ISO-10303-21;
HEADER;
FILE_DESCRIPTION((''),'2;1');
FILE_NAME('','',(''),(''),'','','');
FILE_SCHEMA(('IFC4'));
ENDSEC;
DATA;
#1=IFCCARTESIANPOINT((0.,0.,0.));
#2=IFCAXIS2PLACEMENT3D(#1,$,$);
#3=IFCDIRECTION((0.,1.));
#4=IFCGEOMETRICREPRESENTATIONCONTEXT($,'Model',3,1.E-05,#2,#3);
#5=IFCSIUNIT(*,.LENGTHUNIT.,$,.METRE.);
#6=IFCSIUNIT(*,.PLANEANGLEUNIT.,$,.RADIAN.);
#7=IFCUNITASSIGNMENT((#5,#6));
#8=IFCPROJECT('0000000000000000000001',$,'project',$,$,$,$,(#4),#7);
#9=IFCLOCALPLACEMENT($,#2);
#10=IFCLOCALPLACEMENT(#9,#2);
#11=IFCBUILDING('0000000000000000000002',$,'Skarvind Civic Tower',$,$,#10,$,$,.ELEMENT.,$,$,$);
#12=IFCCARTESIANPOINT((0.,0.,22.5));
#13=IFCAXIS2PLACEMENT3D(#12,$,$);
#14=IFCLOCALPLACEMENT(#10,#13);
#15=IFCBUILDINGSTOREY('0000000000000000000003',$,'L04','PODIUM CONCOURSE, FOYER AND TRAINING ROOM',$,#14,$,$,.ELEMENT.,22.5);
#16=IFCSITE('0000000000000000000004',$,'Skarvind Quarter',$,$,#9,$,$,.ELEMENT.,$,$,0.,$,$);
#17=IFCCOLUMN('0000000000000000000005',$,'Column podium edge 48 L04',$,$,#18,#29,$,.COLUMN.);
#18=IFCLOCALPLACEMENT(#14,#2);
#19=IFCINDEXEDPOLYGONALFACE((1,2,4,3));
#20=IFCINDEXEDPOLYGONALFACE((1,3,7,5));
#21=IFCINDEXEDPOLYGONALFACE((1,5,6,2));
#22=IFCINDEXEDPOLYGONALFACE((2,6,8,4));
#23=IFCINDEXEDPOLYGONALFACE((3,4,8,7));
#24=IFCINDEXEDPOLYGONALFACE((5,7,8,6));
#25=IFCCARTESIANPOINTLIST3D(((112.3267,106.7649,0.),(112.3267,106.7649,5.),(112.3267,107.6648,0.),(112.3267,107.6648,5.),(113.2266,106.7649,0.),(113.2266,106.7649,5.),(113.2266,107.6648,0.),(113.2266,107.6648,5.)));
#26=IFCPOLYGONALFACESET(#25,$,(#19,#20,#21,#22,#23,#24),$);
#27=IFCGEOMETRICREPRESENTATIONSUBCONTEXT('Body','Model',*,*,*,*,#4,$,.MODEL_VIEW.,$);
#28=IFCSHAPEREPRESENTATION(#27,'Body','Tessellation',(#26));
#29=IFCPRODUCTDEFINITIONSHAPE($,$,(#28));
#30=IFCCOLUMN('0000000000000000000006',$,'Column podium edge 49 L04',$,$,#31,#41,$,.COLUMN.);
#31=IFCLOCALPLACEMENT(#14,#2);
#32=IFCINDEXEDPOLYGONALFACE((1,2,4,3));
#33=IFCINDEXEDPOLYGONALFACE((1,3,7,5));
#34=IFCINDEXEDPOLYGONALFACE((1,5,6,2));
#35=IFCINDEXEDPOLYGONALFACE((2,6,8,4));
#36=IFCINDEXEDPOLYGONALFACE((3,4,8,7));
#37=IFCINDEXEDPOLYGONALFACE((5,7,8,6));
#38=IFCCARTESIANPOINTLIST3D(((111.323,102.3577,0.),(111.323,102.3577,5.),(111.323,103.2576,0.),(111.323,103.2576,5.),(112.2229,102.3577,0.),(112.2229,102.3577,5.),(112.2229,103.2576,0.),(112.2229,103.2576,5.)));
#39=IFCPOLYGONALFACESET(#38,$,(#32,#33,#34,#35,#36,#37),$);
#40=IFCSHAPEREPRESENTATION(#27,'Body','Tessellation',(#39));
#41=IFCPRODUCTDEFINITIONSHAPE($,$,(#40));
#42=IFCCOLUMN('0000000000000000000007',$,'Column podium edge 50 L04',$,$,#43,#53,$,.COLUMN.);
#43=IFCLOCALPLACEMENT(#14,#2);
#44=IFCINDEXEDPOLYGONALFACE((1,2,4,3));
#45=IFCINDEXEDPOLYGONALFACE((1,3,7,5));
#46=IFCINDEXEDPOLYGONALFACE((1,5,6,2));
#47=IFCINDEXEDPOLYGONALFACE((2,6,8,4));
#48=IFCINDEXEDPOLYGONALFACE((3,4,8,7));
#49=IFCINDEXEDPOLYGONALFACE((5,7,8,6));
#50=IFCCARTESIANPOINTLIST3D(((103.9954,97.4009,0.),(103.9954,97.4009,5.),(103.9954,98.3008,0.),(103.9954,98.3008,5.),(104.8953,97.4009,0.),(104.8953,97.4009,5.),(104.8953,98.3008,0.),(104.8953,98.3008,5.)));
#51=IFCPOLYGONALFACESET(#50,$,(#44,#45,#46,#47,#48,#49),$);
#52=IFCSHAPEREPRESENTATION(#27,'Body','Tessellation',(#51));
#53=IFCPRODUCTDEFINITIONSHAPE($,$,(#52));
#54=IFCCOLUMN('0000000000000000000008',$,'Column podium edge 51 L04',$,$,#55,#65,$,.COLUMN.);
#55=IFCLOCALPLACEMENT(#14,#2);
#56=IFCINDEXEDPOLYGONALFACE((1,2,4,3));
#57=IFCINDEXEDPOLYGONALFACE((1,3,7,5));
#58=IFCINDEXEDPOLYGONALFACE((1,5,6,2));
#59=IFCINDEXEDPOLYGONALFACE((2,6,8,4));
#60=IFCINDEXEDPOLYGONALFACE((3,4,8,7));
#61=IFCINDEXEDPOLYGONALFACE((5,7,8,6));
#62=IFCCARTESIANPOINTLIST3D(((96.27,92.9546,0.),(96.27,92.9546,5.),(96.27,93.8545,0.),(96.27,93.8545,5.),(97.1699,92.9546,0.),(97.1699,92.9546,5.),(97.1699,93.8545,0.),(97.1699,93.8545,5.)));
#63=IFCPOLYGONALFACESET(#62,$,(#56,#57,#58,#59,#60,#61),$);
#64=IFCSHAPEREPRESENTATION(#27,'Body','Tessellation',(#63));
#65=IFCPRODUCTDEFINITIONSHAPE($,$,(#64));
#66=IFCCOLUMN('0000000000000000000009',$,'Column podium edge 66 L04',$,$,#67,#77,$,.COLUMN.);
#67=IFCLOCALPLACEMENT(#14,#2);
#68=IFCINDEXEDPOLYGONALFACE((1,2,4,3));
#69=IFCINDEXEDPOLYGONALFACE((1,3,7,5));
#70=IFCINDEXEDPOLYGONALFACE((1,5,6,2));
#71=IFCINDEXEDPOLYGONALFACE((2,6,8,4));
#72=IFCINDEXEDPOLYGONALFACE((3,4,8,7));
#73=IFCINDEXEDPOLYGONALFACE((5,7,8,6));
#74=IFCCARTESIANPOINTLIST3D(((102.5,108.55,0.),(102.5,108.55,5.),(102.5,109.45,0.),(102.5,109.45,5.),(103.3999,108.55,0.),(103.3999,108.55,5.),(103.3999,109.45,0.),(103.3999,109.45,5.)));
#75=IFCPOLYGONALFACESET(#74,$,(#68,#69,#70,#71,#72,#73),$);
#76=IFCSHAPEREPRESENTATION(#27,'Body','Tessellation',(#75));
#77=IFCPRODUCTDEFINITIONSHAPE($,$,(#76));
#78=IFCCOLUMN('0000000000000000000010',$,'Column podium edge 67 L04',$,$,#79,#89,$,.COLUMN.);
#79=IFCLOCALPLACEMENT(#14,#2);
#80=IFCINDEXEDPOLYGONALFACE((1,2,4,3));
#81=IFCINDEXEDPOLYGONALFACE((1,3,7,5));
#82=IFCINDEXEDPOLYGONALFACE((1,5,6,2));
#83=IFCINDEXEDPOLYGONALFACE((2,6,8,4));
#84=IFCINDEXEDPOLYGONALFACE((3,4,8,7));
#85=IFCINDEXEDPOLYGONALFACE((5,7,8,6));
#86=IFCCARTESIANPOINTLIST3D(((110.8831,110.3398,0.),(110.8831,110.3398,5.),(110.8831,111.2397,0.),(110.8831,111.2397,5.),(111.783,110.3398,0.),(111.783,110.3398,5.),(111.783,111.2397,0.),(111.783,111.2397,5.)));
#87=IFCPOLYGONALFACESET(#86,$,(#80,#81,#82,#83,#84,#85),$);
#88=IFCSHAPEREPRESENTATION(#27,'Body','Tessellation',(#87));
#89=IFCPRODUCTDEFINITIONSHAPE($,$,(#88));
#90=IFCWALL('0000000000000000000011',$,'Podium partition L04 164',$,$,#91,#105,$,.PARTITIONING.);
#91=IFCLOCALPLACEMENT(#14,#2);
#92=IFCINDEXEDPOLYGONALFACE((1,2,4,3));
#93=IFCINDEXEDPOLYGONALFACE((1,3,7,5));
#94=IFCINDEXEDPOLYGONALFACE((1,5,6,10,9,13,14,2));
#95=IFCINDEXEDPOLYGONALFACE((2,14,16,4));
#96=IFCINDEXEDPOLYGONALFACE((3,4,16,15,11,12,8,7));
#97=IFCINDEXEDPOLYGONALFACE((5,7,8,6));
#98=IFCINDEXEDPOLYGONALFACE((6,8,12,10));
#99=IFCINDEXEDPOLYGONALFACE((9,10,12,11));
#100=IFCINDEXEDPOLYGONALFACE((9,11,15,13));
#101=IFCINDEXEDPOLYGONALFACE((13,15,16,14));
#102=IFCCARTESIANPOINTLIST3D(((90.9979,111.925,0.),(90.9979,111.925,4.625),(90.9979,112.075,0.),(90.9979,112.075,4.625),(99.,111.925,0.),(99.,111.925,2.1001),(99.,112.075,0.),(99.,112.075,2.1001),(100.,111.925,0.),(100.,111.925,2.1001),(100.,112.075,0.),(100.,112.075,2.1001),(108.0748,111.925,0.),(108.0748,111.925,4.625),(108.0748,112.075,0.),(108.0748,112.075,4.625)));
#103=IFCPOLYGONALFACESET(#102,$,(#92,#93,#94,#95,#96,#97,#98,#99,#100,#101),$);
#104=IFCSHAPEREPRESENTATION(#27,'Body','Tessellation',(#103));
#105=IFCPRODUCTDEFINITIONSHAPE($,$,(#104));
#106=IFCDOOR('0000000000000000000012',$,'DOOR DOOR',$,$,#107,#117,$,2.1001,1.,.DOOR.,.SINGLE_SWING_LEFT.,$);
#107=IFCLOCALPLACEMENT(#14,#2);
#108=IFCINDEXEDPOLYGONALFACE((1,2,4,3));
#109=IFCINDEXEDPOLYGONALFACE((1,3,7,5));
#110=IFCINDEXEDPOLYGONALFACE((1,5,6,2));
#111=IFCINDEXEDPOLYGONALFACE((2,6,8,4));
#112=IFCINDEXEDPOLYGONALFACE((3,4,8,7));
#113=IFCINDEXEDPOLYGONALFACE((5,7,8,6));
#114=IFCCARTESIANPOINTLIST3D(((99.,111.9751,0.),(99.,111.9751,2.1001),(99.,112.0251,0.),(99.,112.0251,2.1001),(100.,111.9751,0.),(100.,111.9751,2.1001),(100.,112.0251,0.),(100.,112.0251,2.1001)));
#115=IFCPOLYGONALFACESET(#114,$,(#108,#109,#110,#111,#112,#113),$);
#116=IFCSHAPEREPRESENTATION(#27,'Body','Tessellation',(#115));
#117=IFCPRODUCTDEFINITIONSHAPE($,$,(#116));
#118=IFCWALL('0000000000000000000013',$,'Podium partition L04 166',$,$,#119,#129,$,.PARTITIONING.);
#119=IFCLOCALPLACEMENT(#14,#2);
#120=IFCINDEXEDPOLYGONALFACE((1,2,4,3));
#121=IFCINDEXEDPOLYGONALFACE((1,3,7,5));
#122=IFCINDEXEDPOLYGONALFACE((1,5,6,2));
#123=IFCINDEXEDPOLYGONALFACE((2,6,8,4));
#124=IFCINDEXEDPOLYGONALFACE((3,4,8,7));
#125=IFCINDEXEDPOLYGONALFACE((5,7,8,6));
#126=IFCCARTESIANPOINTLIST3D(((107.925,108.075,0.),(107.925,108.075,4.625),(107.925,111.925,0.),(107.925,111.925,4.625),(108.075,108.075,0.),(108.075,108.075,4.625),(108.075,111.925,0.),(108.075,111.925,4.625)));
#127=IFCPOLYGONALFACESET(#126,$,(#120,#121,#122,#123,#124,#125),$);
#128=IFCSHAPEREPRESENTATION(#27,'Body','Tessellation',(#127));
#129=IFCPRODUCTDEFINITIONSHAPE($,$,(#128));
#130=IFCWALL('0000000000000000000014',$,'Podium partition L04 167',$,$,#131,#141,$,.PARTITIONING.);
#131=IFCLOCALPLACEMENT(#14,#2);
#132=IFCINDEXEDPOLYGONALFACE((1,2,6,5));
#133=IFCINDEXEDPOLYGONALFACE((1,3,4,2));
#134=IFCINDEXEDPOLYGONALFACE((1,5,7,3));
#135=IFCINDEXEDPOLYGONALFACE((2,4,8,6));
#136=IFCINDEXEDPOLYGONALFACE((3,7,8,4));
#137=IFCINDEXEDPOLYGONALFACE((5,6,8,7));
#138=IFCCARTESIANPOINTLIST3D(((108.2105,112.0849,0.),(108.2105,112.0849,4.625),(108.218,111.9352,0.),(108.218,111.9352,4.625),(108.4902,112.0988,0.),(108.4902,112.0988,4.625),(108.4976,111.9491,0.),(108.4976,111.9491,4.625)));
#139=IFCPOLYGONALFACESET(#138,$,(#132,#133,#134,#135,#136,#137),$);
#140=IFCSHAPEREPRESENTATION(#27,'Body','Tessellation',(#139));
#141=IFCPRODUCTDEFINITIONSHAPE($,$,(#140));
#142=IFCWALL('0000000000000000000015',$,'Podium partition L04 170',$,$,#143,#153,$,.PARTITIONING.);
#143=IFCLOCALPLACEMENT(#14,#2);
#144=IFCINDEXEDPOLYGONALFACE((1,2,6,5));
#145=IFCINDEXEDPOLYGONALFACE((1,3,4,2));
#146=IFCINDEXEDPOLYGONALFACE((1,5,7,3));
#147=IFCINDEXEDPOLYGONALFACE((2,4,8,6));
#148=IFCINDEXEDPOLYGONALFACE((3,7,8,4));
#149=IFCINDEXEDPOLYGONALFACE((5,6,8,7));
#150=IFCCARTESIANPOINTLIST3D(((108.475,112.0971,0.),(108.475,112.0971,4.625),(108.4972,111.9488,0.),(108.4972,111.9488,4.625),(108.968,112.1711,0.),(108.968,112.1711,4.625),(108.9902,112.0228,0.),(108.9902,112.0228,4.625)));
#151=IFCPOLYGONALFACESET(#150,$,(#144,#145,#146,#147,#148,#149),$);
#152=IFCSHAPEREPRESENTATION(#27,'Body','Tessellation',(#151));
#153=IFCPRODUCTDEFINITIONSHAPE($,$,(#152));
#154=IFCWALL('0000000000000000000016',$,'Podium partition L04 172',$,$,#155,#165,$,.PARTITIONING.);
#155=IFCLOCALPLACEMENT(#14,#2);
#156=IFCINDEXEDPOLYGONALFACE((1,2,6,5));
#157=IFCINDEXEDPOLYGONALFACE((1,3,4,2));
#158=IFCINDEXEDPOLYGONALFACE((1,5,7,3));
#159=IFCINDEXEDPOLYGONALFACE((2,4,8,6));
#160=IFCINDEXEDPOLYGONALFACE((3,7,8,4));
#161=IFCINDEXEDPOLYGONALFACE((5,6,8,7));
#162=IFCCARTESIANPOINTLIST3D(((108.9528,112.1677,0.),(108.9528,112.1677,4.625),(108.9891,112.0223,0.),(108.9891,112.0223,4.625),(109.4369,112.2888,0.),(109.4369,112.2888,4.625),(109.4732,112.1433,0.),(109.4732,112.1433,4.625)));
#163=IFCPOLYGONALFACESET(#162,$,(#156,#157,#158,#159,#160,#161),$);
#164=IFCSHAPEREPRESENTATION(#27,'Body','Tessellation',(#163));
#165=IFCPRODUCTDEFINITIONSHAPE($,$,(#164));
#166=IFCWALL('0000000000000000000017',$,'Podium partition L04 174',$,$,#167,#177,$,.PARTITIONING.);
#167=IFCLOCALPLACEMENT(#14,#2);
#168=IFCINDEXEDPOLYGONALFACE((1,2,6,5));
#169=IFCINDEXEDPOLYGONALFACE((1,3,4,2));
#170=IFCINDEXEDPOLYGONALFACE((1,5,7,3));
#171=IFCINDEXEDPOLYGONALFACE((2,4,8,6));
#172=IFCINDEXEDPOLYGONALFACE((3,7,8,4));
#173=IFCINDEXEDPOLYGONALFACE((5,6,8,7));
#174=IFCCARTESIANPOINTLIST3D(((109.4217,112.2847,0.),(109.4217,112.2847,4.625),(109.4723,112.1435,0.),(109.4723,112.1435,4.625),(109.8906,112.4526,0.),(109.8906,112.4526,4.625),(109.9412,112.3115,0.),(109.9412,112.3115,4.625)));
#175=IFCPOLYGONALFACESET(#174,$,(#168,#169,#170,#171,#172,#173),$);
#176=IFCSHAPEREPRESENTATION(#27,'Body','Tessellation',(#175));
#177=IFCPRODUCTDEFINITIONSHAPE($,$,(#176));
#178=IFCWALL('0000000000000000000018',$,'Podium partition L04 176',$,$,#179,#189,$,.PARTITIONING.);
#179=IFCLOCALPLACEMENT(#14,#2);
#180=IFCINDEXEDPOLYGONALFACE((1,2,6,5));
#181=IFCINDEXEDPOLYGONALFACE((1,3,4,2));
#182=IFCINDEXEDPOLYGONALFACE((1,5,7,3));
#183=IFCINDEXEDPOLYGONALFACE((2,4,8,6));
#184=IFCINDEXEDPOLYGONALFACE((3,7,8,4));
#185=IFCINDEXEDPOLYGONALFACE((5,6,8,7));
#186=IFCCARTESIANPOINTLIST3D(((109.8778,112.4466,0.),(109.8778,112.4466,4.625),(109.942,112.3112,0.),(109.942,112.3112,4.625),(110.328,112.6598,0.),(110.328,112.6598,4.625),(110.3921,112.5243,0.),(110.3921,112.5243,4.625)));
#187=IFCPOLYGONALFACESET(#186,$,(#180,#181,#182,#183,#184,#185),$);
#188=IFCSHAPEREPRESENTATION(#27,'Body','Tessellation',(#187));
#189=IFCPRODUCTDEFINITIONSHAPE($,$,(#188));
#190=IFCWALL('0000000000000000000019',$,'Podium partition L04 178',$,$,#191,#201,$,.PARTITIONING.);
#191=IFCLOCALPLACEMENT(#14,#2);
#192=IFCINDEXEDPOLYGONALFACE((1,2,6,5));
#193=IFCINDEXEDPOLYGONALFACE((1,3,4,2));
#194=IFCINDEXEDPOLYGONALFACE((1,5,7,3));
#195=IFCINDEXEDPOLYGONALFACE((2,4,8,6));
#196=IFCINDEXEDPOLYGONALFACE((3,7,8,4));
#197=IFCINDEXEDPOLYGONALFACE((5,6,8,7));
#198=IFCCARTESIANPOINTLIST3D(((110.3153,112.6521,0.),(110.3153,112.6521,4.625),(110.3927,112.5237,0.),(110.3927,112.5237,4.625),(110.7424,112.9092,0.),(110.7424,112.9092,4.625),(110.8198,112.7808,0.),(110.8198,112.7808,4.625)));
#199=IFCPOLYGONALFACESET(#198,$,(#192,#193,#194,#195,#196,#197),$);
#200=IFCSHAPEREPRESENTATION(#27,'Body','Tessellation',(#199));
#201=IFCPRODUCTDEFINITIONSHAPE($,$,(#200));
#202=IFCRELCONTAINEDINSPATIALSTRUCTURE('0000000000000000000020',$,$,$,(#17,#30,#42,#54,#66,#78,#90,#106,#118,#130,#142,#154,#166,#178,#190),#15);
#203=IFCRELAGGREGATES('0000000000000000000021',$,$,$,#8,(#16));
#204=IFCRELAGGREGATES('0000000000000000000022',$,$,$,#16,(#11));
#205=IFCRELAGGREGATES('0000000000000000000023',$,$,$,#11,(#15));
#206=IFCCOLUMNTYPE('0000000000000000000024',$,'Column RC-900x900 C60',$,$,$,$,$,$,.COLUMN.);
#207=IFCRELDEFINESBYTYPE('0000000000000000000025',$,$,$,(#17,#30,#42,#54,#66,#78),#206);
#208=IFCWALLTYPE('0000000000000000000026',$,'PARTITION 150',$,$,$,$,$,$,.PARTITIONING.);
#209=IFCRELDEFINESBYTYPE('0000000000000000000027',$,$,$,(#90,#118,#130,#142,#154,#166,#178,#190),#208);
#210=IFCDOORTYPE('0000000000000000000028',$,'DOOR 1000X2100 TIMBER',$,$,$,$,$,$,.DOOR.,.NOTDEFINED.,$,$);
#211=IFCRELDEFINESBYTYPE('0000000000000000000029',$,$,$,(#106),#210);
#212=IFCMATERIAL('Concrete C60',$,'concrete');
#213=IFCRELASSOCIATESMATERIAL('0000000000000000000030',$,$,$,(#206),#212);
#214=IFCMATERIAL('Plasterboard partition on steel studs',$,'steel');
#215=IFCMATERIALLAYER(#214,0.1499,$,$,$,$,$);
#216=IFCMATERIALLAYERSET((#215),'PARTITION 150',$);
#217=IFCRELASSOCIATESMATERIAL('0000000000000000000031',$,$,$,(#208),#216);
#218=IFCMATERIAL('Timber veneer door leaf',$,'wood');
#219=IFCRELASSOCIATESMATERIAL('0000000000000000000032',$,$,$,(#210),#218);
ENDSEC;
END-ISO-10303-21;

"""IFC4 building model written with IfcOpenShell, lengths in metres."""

from ifc_helpers import new_model, si_unit, direction, frame, frame_2d, origin, origin_2d, place, context, subcontext, project, spatial, rectangle, extrude, material, layer, layer_set, material_profile, profile_set, type_object, element, fill, save


model = new_model("IFC4")

# Units and contexts
model_context = context("Model", 3, precision=1e-05, world=origin(), true_north=direction((0.0, 1.0)))
body_context = subcontext(model_context, "Body", "Model", "MODEL_VIEW")
ifc_project = project(units=[si_unit("LENGTHUNIT", "METRE"), si_unit("PLANEANGLEUNIT", "RADIAN")], contexts=[model_context])

# Site, building, storey
site_placement = place(None, origin())
site = spatial("IfcSite", under=ifc_project, at=site_placement, Name="Skarvind Quarter", CompositionType="ELEMENT", RefElevation=0.0)
building_placement = place(site_placement, origin())
building = spatial("IfcBuilding", under=site, at=building_placement, Name="Skarvind Civic Tower", CompositionType="ELEMENT")
storey_placement = place(building_placement, frame((0.0, 0.0, 22.5)))
storey = spatial("IfcBuildingStorey", under=building, at=storey_placement, Name="L04", Description="PODIUM CONCOURSE, FOYER AND TRAINING ROOM", CompositionType="ELEMENT", Elevation=22.5)

# Columns
ifc_material_1 = material(Name="Concrete C60", Category="concrete")
ifc_material_profile = material_profile(ifc_material_1, rectangle(XDim=0.8999, YDim=0.8999, at=origin_2d()), Name="RC-900x900")
ifc_profile_set = profile_set([ifc_material_profile], Name="Concrete C60")
column_type = type_object("IfcColumnType", Name="Column RC-900x900 C60", PredefinedType="COLUMN", material=ifc_profile_set)
for number, where, z_axis, x_axis, name in (
    (1, (112.7766, 107.2148, 0.0), (0.0, 0.0, 1.0), (1.0, 0.0, 0.0), "Column podium edge 48 L04"),
    (2, (111.7729, 102.8076, 0.0), (0.0, 0.0, 1.0), (1.0, 0.0, 0.0), "Column podium edge 49 L04"),
    (3, (104.4453, 97.8508, 0.0), (0.0, 0.0, 1.0), (1.0, 0.0, 0.0), "Column podium edge 50 L04"),
    (4, (96.72, 93.4045, 0.0), (0.0, 0.0, 1.0), (1.0, 0.0, 0.0), "Column podium edge 51 L04"),
    (5, (102.95, 109.0, 0.0), (0.0, 0.0, 1.0), (1.0, 0.0, 0.0), "Column podium edge 66 L04"),
    (6, (111.333, 110.7898, 0.0), (0.0, 0.0, 1.0), (1.0, 0.0, 0.0), "Column podium edge 67 L04"),
):
    element("IfcColumn", number, at=place(storey_placement, frame(where, z_axis=z_axis, x_axis=x_axis)), inside=storey, type_object=column_type, Name=name, PredefinedType="COLUMN", context=body_context, shape_type="SweptSolid", body=[
        extrude(rectangle(XDim=0.8999, YDim=0.8999, at=origin_2d()), origin(), (0.0, 0.0, 1.0), 5.0),
    ])

# Wall, opening, door
ifc_material_2 = material(Name="Plasterboard partition on steel studs", Category="steel")
ifc_layer_1 = layer(ifc_material_2, 0.1499)
ifc_layer_set_1 = layer_set([ifc_layer_1], Name="PARTITION 150")
wall_type_1 = type_object("IfcWallType", Name="PARTITION 150", PredefinedType="PARTITIONING", material=ifc_layer_set_1)
wall_1_placement = place(storey_placement, frame((108.075, 112.0, 0.0), z_axis=(0.0, 0.0, 1.0), x_axis=(-1.0, 0.0, 0.0)))
wall_1 = element("IfcWall", 7, at=wall_1_placement, inside=storey, type_object=wall_type_1, Name="Podium partition L04 164", PredefinedType="PARTITIONING", context=body_context, shape_type="SweptSolid", body=[
    extrude(rectangle(XDim=17.0769, YDim=0.1499, at=frame_2d((8.5386, 0.0))), origin(), (0.0, 0.0, 1.0), 4.625),
])
opening_1_placement = place(wall_1_placement, frame((8.075, 0.0, 0.0)))
opening_1 = element("IfcOpeningElement", 8, at=opening_1_placement, cuts=wall_1, PredefinedType="OPENING", context=body_context, shape_type="SweptSolid", body=[
    extrude(rectangle(XDim=1.0, YDim=2.1001, at=frame_2d((0.5, 1.05))), frame((0.0, 0.085, 0.0), z_axis=(0.0, -1.0, 0.0), x_axis=(1.0, 0.0, 0.0)), (0.0, 0.0, 1.0), 0.1699),
])
ifc_material_3 = material(Name="Timber veneer door leaf", Category="wood")
door_type = type_object("IfcDoorType", Name="DOOR 1000X2100 TIMBER", OperationType="NOTDEFINED", PredefinedType="DOOR", material=ifc_material_3)
door_placement = place(opening_1_placement, origin())
door = element("IfcDoor", 9, at=door_placement, inside=storey, type_object=door_type, Name="DOOR DOOR", OperationType="SINGLE_SWING_LEFT", OverallHeight=2.1001, OverallWidth=1.0, PredefinedType="DOOR", context=body_context, shape_type="SweptSolid", body=[
    extrude(rectangle(XDim=1.0, YDim=2.1001, at=frame_2d((0.5, 1.05))), frame((0.0, 0.0249, 0.0), z_axis=(0.0, -1.0, 0.0), x_axis=(1.0, 0.0, 0.0)), (0.0, 0.0, 1.0), 0.05),
])
fill(opening_1, door)

# Walls
wall_2_placement = place(storey_placement, frame((108.0, 108.075, 0.0), z_axis=(0.0, 0.0, 1.0), x_axis=(0.0, 1.0, 0.0)))
element("IfcWall", 10, at=wall_2_placement, inside=storey, type_object=wall_type_1, Name="Podium partition L04 166", PredefinedType="PARTITIONING", context=body_context, shape_type="SweptSolid", body=[
    extrude(rectangle(XDim=3.8501, YDim=0.1499, at=frame_2d((1.925, 0.0))), origin(), (0.0, 0.0, 1.0), 4.625),
])
wall_3_placement = place(storey_placement, frame((108.2141, 112.01, 0.0), z_axis=(0.0, 0.0, 1.0), x_axis=(0.998765, 0.049677, 0.0)))
element("IfcWall", 11, at=wall_3_placement, inside=storey, type_object=wall_type_1, Name="Podium partition L04 167", PredefinedType="PARTITIONING", context=body_context, shape_type="SweptSolid", body=[
    extrude(rectangle(XDim=0.28, YDim=0.1499, at=frame_2d((0.1401, 0.0))), origin(), (0.0, 0.0, 1.0), 4.625),
])
wall_4_placement = place(storey_placement, frame((108.4861, 112.0229, 0.0), z_axis=(0.0, 0.0, 1.0), x_axis=(0.988926, 0.148412, 0.0)))
element("IfcWall", 12, at=wall_4_placement, inside=storey, type_object=wall_type_1, Name="Podium partition L04 170", PredefinedType="PARTITIONING", context=body_context, shape_type="SweptSolid", body=[
    extrude(rectangle(XDim=0.4985, YDim=0.1499, at=frame_2d((0.2493, 0.0))), origin(), (0.0, 0.0, 1.0), 4.625),
])
wall_5_placement = place(storey_placement, frame((108.9709, 112.095, 0.0), z_axis=(0.0, 0.0, 1.0), x_axis=(0.970114, 0.242651, 0.0)))
element("IfcWall", 13, at=wall_5_placement, inside=storey, type_object=wall_type_1, Name="Podium partition L04 172", PredefinedType="PARTITIONING", context=body_context, shape_type="SweptSolid", body=[
    extrude(rectangle(XDim=0.499, YDim=0.1499, at=frame_2d((0.2495, 0.0))), origin(), (0.0, 0.0, 1.0), 4.625),
])
for number, where, z_axis, x_axis, name in (
    (14, (109.447, 112.2141, 0.0), (0.0, 0.0, 1.0), (0.941442, 0.337174, 0.0), "Podium partition L04 174"),
    (15, (109.9099, 112.3789, 0.0), (0.0, 0.0, 1.0), (0.903828, 0.427897, 0.0), "Podium partition L04 176"),
):
    element("IfcWall", number, at=place(storey_placement, frame(where, z_axis=z_axis, x_axis=x_axis)), inside=storey, type_object=wall_type_1, Name=name, PredefinedType="PARTITIONING", context=body_context, shape_type="SweptSolid", body=[
        extrude(rectangle(XDim=0.498, YDim=0.1499, at=frame_2d((0.249, 0.0))), origin(), (0.0, 0.0, 1.0), 4.625),
    ])
wall_6_placement = place(storey_placement, frame((110.354, 112.5879, 0.0), z_axis=(0.0, 0.0, 1.0), x_axis=(0.856714, 0.515792, 0.0)))
element("IfcWall", 16, at=wall_6_placement, inside=storey, type_object=wall_type_1, Name="Podium partition L04 178", PredefinedType="PARTITIONING", context=body_context, shape_type="SweptSolid", body=[
    extrude(rectangle(XDim=0.4985, YDim=0.1499, at=frame_2d((0.2493, 0.0))), origin(), (0.0, 0.0, 1.0), 4.625),
])

save(model, "model.ifc")
